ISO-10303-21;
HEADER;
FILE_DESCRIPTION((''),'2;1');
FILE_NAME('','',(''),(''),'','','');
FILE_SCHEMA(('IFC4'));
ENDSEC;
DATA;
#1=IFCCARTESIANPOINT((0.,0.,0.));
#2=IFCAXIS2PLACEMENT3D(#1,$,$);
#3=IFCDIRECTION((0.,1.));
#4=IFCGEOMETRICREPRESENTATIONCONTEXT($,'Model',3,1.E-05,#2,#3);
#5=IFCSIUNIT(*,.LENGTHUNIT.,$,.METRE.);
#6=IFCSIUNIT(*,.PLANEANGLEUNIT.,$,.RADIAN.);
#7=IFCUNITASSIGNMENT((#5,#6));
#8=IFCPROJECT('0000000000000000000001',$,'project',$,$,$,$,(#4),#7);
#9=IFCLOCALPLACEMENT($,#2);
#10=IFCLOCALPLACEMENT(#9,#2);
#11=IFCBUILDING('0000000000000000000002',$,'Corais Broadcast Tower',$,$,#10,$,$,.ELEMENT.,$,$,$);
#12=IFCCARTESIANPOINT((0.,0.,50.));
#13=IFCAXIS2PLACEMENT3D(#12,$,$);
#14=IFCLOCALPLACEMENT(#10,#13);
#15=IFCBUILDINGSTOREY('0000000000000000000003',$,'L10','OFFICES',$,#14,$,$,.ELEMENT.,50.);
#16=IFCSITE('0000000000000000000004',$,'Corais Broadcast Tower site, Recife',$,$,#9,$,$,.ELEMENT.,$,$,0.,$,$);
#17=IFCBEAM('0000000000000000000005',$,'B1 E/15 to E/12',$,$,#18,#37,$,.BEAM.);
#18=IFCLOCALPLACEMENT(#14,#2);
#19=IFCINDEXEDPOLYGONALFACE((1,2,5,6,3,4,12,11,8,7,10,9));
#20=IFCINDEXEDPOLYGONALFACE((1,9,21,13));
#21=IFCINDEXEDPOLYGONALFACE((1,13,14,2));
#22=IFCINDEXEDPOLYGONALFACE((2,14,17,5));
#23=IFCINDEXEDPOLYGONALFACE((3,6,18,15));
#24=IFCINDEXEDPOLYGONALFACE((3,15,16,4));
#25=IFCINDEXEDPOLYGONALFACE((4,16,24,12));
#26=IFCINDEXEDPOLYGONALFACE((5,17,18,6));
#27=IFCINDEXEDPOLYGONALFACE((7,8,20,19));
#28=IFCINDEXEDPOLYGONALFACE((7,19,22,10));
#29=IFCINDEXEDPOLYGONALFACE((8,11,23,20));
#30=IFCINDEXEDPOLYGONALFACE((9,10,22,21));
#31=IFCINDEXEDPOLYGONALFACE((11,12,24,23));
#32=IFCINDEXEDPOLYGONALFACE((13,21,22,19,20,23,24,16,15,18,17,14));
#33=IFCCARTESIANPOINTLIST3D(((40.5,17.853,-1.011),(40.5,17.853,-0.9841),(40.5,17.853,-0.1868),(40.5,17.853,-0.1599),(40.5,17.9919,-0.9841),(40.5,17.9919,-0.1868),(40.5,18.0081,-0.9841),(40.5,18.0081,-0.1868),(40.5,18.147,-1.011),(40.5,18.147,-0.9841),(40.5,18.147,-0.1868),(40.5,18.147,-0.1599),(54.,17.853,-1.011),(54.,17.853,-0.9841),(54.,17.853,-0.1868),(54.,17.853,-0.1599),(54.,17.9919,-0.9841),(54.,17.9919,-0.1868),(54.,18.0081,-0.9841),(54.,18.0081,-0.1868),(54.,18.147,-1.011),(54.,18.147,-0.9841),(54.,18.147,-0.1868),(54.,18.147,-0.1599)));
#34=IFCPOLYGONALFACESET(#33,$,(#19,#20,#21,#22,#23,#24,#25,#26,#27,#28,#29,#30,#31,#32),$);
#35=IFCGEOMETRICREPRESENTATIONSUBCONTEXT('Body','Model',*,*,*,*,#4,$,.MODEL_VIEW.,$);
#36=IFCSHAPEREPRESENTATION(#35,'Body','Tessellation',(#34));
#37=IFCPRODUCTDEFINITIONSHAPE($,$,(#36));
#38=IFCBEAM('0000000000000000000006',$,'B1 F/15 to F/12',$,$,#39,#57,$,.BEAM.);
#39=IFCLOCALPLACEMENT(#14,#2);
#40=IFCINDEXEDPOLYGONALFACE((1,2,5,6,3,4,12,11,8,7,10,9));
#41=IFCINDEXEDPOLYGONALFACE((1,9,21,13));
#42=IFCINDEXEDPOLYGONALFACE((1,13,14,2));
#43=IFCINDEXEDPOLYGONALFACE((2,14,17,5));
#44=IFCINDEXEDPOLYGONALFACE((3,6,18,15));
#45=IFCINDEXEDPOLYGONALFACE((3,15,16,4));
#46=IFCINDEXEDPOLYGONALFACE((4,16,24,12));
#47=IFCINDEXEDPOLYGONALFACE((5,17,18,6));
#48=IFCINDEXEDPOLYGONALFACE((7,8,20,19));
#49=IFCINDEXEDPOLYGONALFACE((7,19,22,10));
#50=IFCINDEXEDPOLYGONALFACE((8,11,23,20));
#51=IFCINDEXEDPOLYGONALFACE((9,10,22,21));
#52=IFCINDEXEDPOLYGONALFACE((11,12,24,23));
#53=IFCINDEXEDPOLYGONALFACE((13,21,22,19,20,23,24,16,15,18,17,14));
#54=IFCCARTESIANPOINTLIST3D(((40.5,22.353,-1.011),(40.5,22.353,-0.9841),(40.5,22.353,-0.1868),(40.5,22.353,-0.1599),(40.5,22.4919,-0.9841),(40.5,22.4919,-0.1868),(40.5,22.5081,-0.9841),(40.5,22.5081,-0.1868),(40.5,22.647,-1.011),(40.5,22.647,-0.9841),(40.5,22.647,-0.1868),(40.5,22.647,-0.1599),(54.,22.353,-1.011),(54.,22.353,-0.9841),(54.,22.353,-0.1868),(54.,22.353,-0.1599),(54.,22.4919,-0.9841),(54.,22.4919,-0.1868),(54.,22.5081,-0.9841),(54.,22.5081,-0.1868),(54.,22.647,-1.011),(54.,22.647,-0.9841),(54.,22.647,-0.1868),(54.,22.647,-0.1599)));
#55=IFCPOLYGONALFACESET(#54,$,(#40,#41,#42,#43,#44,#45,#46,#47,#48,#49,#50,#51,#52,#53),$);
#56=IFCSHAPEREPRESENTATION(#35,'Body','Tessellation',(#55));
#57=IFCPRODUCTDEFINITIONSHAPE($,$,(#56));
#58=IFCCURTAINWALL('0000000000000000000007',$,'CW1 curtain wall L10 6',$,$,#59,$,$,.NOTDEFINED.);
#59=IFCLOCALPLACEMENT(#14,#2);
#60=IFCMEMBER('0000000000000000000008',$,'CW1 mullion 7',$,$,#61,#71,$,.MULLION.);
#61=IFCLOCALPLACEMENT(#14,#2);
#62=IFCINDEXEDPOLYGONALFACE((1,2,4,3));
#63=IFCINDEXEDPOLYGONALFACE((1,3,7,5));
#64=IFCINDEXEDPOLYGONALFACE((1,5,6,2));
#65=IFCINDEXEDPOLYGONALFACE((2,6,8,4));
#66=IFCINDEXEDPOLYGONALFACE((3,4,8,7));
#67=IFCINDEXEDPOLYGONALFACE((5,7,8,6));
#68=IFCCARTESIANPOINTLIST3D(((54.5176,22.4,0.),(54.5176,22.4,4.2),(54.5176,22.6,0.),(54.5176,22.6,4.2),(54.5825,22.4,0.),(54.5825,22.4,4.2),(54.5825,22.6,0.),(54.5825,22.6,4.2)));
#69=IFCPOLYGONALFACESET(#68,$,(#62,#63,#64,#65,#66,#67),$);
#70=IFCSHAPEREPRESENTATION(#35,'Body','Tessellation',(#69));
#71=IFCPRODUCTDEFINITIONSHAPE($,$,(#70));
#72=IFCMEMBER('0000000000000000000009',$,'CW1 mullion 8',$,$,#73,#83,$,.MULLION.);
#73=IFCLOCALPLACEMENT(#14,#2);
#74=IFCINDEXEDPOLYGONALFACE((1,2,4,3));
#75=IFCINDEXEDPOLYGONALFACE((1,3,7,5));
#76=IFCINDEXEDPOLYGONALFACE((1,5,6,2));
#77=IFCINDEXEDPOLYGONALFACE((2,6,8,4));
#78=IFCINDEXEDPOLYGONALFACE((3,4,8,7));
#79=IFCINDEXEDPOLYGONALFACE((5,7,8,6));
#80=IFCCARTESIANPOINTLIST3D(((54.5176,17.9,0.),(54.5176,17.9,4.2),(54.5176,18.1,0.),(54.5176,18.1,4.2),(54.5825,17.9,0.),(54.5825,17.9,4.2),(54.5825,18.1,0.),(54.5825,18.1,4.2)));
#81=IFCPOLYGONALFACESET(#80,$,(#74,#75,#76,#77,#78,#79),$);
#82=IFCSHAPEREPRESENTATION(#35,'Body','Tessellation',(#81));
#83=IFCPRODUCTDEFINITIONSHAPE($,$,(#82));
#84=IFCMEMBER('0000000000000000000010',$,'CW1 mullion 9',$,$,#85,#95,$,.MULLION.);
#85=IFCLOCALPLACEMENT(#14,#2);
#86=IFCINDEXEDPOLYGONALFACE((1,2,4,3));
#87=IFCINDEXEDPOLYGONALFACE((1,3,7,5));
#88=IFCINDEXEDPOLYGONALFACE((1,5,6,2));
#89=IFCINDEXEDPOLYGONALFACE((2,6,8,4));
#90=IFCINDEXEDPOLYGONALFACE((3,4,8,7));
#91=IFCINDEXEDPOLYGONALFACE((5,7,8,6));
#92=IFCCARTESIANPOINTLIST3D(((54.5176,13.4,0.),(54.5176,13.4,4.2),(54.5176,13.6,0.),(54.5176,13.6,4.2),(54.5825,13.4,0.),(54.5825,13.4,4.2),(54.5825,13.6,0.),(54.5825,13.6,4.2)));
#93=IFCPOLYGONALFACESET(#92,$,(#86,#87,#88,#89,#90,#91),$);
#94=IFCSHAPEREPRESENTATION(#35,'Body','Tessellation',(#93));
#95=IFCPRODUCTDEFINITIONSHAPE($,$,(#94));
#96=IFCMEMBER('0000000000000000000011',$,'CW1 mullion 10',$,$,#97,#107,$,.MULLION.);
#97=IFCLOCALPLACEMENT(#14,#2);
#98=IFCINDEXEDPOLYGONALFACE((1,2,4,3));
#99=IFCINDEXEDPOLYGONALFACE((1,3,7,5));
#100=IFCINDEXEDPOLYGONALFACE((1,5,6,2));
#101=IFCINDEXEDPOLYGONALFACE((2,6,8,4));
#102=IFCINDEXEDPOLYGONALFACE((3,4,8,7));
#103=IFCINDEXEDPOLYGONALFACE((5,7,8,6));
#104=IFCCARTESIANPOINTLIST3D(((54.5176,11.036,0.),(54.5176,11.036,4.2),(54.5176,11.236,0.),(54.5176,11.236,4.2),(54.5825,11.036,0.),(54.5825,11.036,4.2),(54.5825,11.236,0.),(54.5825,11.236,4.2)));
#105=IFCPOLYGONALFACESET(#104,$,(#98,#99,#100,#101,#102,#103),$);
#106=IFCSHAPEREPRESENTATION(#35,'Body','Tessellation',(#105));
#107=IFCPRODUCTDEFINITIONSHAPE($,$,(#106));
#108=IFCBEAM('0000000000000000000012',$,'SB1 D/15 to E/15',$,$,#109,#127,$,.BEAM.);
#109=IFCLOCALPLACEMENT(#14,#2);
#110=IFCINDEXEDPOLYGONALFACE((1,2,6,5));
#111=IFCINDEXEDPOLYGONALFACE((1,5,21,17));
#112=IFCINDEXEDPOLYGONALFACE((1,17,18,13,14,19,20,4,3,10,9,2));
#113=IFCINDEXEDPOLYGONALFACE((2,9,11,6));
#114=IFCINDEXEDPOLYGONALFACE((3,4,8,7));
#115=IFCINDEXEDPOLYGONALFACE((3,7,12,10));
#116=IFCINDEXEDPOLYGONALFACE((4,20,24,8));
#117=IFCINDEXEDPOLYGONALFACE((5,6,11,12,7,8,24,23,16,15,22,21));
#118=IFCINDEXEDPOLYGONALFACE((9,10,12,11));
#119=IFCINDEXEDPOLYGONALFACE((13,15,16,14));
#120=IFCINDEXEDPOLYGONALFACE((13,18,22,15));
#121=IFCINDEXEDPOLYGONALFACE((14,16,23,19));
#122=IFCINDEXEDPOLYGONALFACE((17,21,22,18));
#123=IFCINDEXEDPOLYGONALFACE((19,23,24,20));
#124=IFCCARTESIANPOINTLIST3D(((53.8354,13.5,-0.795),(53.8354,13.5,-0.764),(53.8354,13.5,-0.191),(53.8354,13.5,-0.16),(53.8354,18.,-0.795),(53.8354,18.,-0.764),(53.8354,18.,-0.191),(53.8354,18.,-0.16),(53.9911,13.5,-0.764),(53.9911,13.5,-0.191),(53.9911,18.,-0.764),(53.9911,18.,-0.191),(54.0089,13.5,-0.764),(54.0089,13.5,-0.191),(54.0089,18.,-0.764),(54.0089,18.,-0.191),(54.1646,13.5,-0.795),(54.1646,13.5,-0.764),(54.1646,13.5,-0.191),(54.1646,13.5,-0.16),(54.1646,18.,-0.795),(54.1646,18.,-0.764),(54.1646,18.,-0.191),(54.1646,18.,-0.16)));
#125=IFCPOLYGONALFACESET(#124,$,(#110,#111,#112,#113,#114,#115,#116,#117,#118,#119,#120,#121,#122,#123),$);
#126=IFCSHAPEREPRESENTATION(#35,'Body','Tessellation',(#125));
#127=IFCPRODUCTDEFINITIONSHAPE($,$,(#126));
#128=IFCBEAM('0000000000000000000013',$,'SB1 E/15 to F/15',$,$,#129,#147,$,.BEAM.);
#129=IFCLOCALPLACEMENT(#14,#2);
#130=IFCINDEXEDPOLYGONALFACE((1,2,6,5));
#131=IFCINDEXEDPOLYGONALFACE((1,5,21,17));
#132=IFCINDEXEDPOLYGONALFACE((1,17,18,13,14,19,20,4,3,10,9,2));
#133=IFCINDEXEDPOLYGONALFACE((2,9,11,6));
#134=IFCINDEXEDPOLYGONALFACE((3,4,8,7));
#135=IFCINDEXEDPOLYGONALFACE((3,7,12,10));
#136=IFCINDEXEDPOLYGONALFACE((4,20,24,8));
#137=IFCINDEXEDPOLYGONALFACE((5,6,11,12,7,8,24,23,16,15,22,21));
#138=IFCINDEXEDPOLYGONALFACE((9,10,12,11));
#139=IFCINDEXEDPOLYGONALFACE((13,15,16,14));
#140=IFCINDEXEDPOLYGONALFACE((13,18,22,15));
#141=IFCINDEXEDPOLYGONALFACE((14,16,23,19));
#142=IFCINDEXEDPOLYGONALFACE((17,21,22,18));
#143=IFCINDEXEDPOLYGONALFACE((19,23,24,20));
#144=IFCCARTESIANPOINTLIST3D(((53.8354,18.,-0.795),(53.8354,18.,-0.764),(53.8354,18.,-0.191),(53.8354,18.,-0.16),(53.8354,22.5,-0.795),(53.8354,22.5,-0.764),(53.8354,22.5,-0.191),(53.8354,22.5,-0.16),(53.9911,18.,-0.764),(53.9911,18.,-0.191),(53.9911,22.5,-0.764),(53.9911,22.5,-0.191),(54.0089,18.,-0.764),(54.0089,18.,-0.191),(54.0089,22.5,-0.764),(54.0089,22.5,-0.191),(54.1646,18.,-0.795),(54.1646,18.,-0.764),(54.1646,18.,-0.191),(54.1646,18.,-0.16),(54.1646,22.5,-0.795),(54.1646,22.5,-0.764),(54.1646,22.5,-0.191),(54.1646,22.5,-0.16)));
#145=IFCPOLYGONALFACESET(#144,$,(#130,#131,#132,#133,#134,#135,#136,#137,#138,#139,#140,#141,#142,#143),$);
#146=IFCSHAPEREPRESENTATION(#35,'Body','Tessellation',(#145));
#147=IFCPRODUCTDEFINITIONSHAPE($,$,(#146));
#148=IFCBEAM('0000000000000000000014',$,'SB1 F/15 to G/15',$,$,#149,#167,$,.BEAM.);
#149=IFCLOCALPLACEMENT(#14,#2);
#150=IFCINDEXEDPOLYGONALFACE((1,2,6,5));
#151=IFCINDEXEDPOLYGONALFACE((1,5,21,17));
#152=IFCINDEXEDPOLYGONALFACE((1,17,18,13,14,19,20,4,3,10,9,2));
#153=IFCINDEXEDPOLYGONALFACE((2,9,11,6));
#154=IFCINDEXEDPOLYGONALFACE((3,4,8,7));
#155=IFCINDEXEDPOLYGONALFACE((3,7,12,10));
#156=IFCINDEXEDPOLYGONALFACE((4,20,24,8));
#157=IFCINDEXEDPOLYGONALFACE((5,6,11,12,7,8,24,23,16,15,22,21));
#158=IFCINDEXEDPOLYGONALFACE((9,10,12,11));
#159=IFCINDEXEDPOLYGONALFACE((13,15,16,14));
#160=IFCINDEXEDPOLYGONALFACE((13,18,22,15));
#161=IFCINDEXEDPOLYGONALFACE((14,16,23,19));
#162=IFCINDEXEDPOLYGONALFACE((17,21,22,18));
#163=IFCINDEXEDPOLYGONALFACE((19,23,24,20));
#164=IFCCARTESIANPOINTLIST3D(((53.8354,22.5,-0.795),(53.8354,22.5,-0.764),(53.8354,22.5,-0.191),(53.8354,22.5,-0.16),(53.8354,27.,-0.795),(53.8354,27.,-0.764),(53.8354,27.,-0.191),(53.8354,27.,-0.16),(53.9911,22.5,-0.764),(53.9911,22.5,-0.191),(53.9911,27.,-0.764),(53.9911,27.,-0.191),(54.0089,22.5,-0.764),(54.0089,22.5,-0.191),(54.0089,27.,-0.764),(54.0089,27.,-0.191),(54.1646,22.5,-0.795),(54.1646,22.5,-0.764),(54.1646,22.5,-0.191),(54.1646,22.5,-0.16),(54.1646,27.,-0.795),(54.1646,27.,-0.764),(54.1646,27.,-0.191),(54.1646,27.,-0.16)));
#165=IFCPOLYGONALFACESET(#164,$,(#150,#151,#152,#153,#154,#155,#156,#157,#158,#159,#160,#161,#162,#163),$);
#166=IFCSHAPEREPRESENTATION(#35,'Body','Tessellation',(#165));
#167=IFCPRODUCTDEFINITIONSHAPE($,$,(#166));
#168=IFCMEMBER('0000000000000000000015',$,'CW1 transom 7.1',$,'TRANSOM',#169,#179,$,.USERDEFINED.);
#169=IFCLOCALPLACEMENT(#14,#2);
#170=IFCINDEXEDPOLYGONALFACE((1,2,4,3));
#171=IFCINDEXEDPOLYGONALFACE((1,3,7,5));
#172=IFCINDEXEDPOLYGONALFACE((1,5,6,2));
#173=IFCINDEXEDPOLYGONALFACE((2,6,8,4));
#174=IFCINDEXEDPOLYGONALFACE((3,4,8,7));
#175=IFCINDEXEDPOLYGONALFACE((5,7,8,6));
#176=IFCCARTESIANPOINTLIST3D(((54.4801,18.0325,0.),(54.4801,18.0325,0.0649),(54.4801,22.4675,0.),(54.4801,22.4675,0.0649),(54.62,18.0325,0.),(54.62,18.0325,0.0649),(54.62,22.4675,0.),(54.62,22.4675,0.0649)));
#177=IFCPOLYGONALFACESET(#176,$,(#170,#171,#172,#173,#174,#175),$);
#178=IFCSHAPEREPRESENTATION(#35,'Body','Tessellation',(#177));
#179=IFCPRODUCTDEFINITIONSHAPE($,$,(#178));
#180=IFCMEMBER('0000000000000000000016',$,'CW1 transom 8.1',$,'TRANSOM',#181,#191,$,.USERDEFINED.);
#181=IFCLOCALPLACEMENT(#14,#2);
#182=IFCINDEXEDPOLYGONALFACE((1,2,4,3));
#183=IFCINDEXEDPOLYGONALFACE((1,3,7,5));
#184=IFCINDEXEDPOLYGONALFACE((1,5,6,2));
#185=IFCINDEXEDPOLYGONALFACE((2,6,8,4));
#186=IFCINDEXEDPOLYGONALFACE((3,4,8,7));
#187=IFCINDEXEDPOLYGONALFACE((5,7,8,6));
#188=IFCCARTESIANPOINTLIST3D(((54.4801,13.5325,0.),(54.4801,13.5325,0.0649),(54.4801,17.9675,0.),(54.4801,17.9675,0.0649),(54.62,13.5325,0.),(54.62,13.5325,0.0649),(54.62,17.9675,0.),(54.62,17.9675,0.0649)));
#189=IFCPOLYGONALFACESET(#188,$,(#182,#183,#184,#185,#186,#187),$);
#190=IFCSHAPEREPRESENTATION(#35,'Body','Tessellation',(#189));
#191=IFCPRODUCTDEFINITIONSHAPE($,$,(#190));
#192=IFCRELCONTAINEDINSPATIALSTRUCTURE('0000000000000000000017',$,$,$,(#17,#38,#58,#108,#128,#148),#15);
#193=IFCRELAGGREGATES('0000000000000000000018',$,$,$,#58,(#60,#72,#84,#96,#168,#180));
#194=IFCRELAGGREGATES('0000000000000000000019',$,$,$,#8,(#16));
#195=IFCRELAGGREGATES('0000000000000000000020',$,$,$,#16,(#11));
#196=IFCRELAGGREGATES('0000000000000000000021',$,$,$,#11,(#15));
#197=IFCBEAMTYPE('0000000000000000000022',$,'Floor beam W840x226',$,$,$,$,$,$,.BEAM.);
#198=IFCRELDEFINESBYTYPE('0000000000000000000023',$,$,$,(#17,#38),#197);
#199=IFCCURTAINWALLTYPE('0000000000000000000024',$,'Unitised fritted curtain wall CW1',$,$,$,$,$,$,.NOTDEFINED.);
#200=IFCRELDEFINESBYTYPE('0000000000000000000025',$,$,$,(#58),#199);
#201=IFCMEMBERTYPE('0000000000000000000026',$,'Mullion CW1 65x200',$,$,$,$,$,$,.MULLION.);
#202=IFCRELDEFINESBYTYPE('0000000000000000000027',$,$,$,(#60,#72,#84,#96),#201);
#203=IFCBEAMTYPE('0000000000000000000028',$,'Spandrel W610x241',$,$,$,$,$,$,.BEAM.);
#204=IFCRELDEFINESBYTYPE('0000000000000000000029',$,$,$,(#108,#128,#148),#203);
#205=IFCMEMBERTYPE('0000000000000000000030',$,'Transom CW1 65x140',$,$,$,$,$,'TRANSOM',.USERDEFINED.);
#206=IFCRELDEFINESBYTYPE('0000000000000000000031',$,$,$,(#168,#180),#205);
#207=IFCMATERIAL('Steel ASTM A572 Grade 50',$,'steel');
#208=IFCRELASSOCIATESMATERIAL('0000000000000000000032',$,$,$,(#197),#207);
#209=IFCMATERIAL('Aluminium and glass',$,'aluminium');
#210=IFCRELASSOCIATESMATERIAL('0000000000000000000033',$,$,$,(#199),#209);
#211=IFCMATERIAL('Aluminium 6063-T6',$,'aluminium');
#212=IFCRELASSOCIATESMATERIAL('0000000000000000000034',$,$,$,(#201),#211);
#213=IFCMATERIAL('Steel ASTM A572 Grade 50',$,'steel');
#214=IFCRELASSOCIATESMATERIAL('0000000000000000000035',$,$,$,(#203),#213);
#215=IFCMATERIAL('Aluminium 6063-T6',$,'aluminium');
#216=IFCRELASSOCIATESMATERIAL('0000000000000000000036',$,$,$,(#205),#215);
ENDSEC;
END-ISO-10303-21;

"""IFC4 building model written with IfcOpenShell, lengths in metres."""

from ifc_helpers import new_model, si_unit, direction, frame, origin, origin_2d, place, context, subcontext, project, spatial, rectangle, i_section, extrude, material, material_profile, profile_set, type_object, element, aggregate, save


model = new_model("IFC4")

# Units and contexts
model_context = context("Model", 3, precision=1e-05, world=origin(), true_north=direction((0.0, 1.0)))
body_context = subcontext(model_context, "Body", "Model", "MODEL_VIEW")
ifc_project = project(units=[si_unit("LENGTHUNIT", "METRE"), si_unit("PLANEANGLEUNIT", "RADIAN")], contexts=[model_context])

# Site, building, storey
site_placement = place(None, origin())
site = spatial("IfcSite", under=ifc_project, at=site_placement, Name="Corais Broadcast Tower site, Recife", CompositionType="ELEMENT", RefElevation=0.0)
building_placement = place(site_placement, origin())
building = spatial("IfcBuilding", under=site, at=building_placement, Name="Corais Broadcast Tower", CompositionType="ELEMENT")
storey_placement = place(building_placement, frame((0.0, 0.0, 50.0)))
storey = spatial("IfcBuildingStorey", under=building, at=storey_placement, Name="L10", Description="OFFICES", CompositionType="ELEMENT", Elevation=50.0)

# Beams
ifc_material_1 = material(Name="Steel ASTM A572 Grade 50", Category="steel")
ifc_material_profile_1 = material_profile(ifc_material_1, i_section(OverallWidth=0.2939, OverallDepth=0.8511, WebThickness=0.0161, FlangeThickness=0.0269, at=origin_2d()), Name="W840x226")
ifc_profile_set_1 = profile_set([ifc_material_profile_1], Name="Steel ASTM A572 Grade 50")
beam_type_1 = type_object("IfcBeamType", Name="Floor beam W840x226", PredefinedType="BEAM", material=ifc_profile_set_1)
for number, where, z_axis, x_axis, name in (
    (1, (54.0, 18.0, -0.5854), (-1.0, 0.0, 0.0), (0.0, -1.0, 0.0), "B1 E/15 to E/12"),
    (2, (54.0, 22.5, -0.5854), (-1.0, 0.0, 0.0), (0.0, -1.0, 0.0), "B1 F/15 to F/12"),
):
    element("IfcBeam", number, at=place(storey_placement, frame(where, z_axis=z_axis, x_axis=x_axis)), inside=storey, type_object=beam_type_1, Name=name, PredefinedType="BEAM", context=body_context, shape_type="SweptSolid", body=[
        extrude(i_section(OverallWidth=0.2939, OverallDepth=0.8511, WebThickness=0.0161, FlangeThickness=0.0269, at=origin_2d()), origin(), (0.0, 0.0, 1.0), 13.5),
    ])

# Curtain wall, members
ifc_material_2 = material(Name="Aluminium and glass", Category="aluminium")
curtain_wall_type = type_object("IfcCurtainWallType", Name="Unitised fritted curtain wall CW1", PredefinedType="NOTDEFINED", material=ifc_material_2)
curtain_wall_placement = place(storey_placement, origin())
curtain_wall = element("IfcCurtainWall", 3, at=curtain_wall_placement, inside=storey, type_object=curtain_wall_type, Name="CW1 curtain wall L10 6", PredefinedType="NOTDEFINED")
ifc_material_3 = material(Name="Aluminium 6063-T6", Category="aluminium")
ifc_material_profile_2 = material_profile(ifc_material_3, rectangle(XDim=0.0649, YDim=0.2, at=origin_2d()), Name="Mullion CW1 65x200")
ifc_profile_set_2 = profile_set([ifc_material_profile_2], Name="Aluminium 6063-T6")
member_type_1 = type_object("IfcMemberType", Name="Mullion CW1 65x200", PredefinedType="MULLION", material=ifc_profile_set_2)
member_1_placement = place(storey_placement, frame((54.55, 22.5, 0.0), z_axis=(0.0, 0.0, 1.0), x_axis=(1.0, 0.0, 0.0)))
member_1 = element("IfcMember", 4, at=member_1_placement, type_object=member_type_1, Name="CW1 mullion 7", PredefinedType="MULLION", context=body_context, shape_type="SweptSolid", body=[
    extrude(rectangle(XDim=0.0649, YDim=0.2, at=origin_2d()), origin(), (0.0, 0.0, 1.0), 4.2),
])
member_2_placement = place(storey_placement, frame((54.55, 18.0, 0.0), z_axis=(0.0, 0.0, 1.0), x_axis=(1.0, 0.0, 0.0)))
member_2 = element("IfcMember", 5, at=member_2_placement, type_object=member_type_1, Name="CW1 mullion 8", PredefinedType="MULLION", context=body_context, shape_type="SweptSolid", body=[
    extrude(rectangle(XDim=0.0649, YDim=0.2, at=origin_2d()), origin(), (0.0, 0.0, 1.0), 4.2),
])
member_3_placement = place(storey_placement, frame((54.55, 13.5, 0.0), z_axis=(0.0, 0.0, 1.0), x_axis=(1.0, 0.0, 0.0)))
member_3 = element("IfcMember", 6, at=member_3_placement, type_object=member_type_1, Name="CW1 mullion 9", PredefinedType="MULLION", context=body_context, shape_type="SweptSolid", body=[
    extrude(rectangle(XDim=0.0649, YDim=0.2, at=origin_2d()), origin(), (0.0, 0.0, 1.0), 4.2),
])
member_4_placement = place(storey_placement, frame((54.55, 11.136, 0.0), z_axis=(0.0, 0.0, 1.0), x_axis=(1.0, 0.0, 0.0)))
member_4 = element("IfcMember", 7, at=member_4_placement, type_object=member_type_1, Name="CW1 mullion 10", PredefinedType="MULLION", context=body_context, shape_type="SweptSolid", body=[
    extrude(rectangle(XDim=0.0649, YDim=0.2, at=origin_2d()), origin(), (0.0, 0.0, 1.0), 4.2),
])

# Beams
ifc_material_4 = material(Name="Steel ASTM A572 Grade 50", Category="steel")
ifc_material_profile_3 = material_profile(ifc_material_4, i_section(OverallWidth=0.3291, OverallDepth=0.635, WebThickness=0.0178, FlangeThickness=0.031, at=origin_2d()), Name="W610x241")
ifc_profile_set_3 = profile_set([ifc_material_profile_3], Name="Steel ASTM A572 Grade 50")
beam_type_2 = type_object("IfcBeamType", Name="Spandrel W610x241", PredefinedType="BEAM", material=ifc_profile_set_3)
for number, where, z_axis, x_axis, name in (
    (8, (54.0, 13.5, -0.4775), (0.0, 1.0, 0.0), (-1.0, 0.0, 0.0), "SB1 D/15 to E/15"),
    (9, (54.0, 18.0, -0.4775), (0.0, 1.0, 0.0), (-1.0, 0.0, 0.0), "SB1 E/15 to F/15"),
    (10, (54.0, 22.5, -0.4775), (0.0, 1.0, 0.0), (-1.0, 0.0, 0.0), "SB1 F/15 to G/15"),
):
    element("IfcBeam", number, at=place(storey_placement, frame(where, z_axis=z_axis, x_axis=x_axis)), inside=storey, type_object=beam_type_2, Name=name, PredefinedType="BEAM", context=body_context, shape_type="SweptSolid", body=[
        extrude(i_section(OverallWidth=0.3291, OverallDepth=0.635, WebThickness=0.0178, FlangeThickness=0.031, at=origin_2d()), origin(), (0.0, 0.0, 1.0), 4.5),
    ])

# Members
ifc_material_5 = material(Name="Aluminium 6063-T6", Category="aluminium")
ifc_material_profile_4 = material_profile(ifc_material_5, rectangle(XDim=0.1399, YDim=0.0649, at=origin_2d()), Name="Transom CW1 65x140")
ifc_profile_set_4 = profile_set([ifc_material_profile_4], Name="Aluminium 6063-T6")
member_type_2 = type_object("IfcMemberType", Name="Transom CW1 65x140", ElementType="TRANSOM", PredefinedType="USERDEFINED", material=ifc_profile_set_4)
member_5_placement = place(storey_placement, frame((54.55, 22.4675, 0.0325), z_axis=(0.0, -1.0, 0.0), x_axis=(1.0, 0.0, 0.0)))
member_5 = element("IfcMember", 11, at=member_5_placement, type_object=member_type_2, Name="CW1 transom 7.1", ObjectType="TRANSOM", PredefinedType="USERDEFINED", context=body_context, shape_type="SweptSolid", body=[
    extrude(rectangle(XDim=0.1399, YDim=0.0649, at=origin_2d()), origin(), (0.0, 0.0, 1.0), 4.4351),
])
member_6_placement = place(storey_placement, frame((54.55, 17.9675, 0.0325), z_axis=(0.0, -1.0, 0.0), x_axis=(1.0, 0.0, 0.0)))
member_6 = element("IfcMember", 12, at=member_6_placement, type_object=member_type_2, Name="CW1 transom 8.1", ObjectType="TRANSOM", PredefinedType="USERDEFINED", context=body_context, shape_type="SweptSolid", body=[
    extrude(rectangle(XDim=0.1399, YDim=0.0649, at=origin_2d()), origin(), (0.0, 0.0, 1.0), 4.4351),
])

aggregate(curtain_wall, [member_1, member_2, member_3, member_4, member_5, member_6])

save(model, "model.ifc")
